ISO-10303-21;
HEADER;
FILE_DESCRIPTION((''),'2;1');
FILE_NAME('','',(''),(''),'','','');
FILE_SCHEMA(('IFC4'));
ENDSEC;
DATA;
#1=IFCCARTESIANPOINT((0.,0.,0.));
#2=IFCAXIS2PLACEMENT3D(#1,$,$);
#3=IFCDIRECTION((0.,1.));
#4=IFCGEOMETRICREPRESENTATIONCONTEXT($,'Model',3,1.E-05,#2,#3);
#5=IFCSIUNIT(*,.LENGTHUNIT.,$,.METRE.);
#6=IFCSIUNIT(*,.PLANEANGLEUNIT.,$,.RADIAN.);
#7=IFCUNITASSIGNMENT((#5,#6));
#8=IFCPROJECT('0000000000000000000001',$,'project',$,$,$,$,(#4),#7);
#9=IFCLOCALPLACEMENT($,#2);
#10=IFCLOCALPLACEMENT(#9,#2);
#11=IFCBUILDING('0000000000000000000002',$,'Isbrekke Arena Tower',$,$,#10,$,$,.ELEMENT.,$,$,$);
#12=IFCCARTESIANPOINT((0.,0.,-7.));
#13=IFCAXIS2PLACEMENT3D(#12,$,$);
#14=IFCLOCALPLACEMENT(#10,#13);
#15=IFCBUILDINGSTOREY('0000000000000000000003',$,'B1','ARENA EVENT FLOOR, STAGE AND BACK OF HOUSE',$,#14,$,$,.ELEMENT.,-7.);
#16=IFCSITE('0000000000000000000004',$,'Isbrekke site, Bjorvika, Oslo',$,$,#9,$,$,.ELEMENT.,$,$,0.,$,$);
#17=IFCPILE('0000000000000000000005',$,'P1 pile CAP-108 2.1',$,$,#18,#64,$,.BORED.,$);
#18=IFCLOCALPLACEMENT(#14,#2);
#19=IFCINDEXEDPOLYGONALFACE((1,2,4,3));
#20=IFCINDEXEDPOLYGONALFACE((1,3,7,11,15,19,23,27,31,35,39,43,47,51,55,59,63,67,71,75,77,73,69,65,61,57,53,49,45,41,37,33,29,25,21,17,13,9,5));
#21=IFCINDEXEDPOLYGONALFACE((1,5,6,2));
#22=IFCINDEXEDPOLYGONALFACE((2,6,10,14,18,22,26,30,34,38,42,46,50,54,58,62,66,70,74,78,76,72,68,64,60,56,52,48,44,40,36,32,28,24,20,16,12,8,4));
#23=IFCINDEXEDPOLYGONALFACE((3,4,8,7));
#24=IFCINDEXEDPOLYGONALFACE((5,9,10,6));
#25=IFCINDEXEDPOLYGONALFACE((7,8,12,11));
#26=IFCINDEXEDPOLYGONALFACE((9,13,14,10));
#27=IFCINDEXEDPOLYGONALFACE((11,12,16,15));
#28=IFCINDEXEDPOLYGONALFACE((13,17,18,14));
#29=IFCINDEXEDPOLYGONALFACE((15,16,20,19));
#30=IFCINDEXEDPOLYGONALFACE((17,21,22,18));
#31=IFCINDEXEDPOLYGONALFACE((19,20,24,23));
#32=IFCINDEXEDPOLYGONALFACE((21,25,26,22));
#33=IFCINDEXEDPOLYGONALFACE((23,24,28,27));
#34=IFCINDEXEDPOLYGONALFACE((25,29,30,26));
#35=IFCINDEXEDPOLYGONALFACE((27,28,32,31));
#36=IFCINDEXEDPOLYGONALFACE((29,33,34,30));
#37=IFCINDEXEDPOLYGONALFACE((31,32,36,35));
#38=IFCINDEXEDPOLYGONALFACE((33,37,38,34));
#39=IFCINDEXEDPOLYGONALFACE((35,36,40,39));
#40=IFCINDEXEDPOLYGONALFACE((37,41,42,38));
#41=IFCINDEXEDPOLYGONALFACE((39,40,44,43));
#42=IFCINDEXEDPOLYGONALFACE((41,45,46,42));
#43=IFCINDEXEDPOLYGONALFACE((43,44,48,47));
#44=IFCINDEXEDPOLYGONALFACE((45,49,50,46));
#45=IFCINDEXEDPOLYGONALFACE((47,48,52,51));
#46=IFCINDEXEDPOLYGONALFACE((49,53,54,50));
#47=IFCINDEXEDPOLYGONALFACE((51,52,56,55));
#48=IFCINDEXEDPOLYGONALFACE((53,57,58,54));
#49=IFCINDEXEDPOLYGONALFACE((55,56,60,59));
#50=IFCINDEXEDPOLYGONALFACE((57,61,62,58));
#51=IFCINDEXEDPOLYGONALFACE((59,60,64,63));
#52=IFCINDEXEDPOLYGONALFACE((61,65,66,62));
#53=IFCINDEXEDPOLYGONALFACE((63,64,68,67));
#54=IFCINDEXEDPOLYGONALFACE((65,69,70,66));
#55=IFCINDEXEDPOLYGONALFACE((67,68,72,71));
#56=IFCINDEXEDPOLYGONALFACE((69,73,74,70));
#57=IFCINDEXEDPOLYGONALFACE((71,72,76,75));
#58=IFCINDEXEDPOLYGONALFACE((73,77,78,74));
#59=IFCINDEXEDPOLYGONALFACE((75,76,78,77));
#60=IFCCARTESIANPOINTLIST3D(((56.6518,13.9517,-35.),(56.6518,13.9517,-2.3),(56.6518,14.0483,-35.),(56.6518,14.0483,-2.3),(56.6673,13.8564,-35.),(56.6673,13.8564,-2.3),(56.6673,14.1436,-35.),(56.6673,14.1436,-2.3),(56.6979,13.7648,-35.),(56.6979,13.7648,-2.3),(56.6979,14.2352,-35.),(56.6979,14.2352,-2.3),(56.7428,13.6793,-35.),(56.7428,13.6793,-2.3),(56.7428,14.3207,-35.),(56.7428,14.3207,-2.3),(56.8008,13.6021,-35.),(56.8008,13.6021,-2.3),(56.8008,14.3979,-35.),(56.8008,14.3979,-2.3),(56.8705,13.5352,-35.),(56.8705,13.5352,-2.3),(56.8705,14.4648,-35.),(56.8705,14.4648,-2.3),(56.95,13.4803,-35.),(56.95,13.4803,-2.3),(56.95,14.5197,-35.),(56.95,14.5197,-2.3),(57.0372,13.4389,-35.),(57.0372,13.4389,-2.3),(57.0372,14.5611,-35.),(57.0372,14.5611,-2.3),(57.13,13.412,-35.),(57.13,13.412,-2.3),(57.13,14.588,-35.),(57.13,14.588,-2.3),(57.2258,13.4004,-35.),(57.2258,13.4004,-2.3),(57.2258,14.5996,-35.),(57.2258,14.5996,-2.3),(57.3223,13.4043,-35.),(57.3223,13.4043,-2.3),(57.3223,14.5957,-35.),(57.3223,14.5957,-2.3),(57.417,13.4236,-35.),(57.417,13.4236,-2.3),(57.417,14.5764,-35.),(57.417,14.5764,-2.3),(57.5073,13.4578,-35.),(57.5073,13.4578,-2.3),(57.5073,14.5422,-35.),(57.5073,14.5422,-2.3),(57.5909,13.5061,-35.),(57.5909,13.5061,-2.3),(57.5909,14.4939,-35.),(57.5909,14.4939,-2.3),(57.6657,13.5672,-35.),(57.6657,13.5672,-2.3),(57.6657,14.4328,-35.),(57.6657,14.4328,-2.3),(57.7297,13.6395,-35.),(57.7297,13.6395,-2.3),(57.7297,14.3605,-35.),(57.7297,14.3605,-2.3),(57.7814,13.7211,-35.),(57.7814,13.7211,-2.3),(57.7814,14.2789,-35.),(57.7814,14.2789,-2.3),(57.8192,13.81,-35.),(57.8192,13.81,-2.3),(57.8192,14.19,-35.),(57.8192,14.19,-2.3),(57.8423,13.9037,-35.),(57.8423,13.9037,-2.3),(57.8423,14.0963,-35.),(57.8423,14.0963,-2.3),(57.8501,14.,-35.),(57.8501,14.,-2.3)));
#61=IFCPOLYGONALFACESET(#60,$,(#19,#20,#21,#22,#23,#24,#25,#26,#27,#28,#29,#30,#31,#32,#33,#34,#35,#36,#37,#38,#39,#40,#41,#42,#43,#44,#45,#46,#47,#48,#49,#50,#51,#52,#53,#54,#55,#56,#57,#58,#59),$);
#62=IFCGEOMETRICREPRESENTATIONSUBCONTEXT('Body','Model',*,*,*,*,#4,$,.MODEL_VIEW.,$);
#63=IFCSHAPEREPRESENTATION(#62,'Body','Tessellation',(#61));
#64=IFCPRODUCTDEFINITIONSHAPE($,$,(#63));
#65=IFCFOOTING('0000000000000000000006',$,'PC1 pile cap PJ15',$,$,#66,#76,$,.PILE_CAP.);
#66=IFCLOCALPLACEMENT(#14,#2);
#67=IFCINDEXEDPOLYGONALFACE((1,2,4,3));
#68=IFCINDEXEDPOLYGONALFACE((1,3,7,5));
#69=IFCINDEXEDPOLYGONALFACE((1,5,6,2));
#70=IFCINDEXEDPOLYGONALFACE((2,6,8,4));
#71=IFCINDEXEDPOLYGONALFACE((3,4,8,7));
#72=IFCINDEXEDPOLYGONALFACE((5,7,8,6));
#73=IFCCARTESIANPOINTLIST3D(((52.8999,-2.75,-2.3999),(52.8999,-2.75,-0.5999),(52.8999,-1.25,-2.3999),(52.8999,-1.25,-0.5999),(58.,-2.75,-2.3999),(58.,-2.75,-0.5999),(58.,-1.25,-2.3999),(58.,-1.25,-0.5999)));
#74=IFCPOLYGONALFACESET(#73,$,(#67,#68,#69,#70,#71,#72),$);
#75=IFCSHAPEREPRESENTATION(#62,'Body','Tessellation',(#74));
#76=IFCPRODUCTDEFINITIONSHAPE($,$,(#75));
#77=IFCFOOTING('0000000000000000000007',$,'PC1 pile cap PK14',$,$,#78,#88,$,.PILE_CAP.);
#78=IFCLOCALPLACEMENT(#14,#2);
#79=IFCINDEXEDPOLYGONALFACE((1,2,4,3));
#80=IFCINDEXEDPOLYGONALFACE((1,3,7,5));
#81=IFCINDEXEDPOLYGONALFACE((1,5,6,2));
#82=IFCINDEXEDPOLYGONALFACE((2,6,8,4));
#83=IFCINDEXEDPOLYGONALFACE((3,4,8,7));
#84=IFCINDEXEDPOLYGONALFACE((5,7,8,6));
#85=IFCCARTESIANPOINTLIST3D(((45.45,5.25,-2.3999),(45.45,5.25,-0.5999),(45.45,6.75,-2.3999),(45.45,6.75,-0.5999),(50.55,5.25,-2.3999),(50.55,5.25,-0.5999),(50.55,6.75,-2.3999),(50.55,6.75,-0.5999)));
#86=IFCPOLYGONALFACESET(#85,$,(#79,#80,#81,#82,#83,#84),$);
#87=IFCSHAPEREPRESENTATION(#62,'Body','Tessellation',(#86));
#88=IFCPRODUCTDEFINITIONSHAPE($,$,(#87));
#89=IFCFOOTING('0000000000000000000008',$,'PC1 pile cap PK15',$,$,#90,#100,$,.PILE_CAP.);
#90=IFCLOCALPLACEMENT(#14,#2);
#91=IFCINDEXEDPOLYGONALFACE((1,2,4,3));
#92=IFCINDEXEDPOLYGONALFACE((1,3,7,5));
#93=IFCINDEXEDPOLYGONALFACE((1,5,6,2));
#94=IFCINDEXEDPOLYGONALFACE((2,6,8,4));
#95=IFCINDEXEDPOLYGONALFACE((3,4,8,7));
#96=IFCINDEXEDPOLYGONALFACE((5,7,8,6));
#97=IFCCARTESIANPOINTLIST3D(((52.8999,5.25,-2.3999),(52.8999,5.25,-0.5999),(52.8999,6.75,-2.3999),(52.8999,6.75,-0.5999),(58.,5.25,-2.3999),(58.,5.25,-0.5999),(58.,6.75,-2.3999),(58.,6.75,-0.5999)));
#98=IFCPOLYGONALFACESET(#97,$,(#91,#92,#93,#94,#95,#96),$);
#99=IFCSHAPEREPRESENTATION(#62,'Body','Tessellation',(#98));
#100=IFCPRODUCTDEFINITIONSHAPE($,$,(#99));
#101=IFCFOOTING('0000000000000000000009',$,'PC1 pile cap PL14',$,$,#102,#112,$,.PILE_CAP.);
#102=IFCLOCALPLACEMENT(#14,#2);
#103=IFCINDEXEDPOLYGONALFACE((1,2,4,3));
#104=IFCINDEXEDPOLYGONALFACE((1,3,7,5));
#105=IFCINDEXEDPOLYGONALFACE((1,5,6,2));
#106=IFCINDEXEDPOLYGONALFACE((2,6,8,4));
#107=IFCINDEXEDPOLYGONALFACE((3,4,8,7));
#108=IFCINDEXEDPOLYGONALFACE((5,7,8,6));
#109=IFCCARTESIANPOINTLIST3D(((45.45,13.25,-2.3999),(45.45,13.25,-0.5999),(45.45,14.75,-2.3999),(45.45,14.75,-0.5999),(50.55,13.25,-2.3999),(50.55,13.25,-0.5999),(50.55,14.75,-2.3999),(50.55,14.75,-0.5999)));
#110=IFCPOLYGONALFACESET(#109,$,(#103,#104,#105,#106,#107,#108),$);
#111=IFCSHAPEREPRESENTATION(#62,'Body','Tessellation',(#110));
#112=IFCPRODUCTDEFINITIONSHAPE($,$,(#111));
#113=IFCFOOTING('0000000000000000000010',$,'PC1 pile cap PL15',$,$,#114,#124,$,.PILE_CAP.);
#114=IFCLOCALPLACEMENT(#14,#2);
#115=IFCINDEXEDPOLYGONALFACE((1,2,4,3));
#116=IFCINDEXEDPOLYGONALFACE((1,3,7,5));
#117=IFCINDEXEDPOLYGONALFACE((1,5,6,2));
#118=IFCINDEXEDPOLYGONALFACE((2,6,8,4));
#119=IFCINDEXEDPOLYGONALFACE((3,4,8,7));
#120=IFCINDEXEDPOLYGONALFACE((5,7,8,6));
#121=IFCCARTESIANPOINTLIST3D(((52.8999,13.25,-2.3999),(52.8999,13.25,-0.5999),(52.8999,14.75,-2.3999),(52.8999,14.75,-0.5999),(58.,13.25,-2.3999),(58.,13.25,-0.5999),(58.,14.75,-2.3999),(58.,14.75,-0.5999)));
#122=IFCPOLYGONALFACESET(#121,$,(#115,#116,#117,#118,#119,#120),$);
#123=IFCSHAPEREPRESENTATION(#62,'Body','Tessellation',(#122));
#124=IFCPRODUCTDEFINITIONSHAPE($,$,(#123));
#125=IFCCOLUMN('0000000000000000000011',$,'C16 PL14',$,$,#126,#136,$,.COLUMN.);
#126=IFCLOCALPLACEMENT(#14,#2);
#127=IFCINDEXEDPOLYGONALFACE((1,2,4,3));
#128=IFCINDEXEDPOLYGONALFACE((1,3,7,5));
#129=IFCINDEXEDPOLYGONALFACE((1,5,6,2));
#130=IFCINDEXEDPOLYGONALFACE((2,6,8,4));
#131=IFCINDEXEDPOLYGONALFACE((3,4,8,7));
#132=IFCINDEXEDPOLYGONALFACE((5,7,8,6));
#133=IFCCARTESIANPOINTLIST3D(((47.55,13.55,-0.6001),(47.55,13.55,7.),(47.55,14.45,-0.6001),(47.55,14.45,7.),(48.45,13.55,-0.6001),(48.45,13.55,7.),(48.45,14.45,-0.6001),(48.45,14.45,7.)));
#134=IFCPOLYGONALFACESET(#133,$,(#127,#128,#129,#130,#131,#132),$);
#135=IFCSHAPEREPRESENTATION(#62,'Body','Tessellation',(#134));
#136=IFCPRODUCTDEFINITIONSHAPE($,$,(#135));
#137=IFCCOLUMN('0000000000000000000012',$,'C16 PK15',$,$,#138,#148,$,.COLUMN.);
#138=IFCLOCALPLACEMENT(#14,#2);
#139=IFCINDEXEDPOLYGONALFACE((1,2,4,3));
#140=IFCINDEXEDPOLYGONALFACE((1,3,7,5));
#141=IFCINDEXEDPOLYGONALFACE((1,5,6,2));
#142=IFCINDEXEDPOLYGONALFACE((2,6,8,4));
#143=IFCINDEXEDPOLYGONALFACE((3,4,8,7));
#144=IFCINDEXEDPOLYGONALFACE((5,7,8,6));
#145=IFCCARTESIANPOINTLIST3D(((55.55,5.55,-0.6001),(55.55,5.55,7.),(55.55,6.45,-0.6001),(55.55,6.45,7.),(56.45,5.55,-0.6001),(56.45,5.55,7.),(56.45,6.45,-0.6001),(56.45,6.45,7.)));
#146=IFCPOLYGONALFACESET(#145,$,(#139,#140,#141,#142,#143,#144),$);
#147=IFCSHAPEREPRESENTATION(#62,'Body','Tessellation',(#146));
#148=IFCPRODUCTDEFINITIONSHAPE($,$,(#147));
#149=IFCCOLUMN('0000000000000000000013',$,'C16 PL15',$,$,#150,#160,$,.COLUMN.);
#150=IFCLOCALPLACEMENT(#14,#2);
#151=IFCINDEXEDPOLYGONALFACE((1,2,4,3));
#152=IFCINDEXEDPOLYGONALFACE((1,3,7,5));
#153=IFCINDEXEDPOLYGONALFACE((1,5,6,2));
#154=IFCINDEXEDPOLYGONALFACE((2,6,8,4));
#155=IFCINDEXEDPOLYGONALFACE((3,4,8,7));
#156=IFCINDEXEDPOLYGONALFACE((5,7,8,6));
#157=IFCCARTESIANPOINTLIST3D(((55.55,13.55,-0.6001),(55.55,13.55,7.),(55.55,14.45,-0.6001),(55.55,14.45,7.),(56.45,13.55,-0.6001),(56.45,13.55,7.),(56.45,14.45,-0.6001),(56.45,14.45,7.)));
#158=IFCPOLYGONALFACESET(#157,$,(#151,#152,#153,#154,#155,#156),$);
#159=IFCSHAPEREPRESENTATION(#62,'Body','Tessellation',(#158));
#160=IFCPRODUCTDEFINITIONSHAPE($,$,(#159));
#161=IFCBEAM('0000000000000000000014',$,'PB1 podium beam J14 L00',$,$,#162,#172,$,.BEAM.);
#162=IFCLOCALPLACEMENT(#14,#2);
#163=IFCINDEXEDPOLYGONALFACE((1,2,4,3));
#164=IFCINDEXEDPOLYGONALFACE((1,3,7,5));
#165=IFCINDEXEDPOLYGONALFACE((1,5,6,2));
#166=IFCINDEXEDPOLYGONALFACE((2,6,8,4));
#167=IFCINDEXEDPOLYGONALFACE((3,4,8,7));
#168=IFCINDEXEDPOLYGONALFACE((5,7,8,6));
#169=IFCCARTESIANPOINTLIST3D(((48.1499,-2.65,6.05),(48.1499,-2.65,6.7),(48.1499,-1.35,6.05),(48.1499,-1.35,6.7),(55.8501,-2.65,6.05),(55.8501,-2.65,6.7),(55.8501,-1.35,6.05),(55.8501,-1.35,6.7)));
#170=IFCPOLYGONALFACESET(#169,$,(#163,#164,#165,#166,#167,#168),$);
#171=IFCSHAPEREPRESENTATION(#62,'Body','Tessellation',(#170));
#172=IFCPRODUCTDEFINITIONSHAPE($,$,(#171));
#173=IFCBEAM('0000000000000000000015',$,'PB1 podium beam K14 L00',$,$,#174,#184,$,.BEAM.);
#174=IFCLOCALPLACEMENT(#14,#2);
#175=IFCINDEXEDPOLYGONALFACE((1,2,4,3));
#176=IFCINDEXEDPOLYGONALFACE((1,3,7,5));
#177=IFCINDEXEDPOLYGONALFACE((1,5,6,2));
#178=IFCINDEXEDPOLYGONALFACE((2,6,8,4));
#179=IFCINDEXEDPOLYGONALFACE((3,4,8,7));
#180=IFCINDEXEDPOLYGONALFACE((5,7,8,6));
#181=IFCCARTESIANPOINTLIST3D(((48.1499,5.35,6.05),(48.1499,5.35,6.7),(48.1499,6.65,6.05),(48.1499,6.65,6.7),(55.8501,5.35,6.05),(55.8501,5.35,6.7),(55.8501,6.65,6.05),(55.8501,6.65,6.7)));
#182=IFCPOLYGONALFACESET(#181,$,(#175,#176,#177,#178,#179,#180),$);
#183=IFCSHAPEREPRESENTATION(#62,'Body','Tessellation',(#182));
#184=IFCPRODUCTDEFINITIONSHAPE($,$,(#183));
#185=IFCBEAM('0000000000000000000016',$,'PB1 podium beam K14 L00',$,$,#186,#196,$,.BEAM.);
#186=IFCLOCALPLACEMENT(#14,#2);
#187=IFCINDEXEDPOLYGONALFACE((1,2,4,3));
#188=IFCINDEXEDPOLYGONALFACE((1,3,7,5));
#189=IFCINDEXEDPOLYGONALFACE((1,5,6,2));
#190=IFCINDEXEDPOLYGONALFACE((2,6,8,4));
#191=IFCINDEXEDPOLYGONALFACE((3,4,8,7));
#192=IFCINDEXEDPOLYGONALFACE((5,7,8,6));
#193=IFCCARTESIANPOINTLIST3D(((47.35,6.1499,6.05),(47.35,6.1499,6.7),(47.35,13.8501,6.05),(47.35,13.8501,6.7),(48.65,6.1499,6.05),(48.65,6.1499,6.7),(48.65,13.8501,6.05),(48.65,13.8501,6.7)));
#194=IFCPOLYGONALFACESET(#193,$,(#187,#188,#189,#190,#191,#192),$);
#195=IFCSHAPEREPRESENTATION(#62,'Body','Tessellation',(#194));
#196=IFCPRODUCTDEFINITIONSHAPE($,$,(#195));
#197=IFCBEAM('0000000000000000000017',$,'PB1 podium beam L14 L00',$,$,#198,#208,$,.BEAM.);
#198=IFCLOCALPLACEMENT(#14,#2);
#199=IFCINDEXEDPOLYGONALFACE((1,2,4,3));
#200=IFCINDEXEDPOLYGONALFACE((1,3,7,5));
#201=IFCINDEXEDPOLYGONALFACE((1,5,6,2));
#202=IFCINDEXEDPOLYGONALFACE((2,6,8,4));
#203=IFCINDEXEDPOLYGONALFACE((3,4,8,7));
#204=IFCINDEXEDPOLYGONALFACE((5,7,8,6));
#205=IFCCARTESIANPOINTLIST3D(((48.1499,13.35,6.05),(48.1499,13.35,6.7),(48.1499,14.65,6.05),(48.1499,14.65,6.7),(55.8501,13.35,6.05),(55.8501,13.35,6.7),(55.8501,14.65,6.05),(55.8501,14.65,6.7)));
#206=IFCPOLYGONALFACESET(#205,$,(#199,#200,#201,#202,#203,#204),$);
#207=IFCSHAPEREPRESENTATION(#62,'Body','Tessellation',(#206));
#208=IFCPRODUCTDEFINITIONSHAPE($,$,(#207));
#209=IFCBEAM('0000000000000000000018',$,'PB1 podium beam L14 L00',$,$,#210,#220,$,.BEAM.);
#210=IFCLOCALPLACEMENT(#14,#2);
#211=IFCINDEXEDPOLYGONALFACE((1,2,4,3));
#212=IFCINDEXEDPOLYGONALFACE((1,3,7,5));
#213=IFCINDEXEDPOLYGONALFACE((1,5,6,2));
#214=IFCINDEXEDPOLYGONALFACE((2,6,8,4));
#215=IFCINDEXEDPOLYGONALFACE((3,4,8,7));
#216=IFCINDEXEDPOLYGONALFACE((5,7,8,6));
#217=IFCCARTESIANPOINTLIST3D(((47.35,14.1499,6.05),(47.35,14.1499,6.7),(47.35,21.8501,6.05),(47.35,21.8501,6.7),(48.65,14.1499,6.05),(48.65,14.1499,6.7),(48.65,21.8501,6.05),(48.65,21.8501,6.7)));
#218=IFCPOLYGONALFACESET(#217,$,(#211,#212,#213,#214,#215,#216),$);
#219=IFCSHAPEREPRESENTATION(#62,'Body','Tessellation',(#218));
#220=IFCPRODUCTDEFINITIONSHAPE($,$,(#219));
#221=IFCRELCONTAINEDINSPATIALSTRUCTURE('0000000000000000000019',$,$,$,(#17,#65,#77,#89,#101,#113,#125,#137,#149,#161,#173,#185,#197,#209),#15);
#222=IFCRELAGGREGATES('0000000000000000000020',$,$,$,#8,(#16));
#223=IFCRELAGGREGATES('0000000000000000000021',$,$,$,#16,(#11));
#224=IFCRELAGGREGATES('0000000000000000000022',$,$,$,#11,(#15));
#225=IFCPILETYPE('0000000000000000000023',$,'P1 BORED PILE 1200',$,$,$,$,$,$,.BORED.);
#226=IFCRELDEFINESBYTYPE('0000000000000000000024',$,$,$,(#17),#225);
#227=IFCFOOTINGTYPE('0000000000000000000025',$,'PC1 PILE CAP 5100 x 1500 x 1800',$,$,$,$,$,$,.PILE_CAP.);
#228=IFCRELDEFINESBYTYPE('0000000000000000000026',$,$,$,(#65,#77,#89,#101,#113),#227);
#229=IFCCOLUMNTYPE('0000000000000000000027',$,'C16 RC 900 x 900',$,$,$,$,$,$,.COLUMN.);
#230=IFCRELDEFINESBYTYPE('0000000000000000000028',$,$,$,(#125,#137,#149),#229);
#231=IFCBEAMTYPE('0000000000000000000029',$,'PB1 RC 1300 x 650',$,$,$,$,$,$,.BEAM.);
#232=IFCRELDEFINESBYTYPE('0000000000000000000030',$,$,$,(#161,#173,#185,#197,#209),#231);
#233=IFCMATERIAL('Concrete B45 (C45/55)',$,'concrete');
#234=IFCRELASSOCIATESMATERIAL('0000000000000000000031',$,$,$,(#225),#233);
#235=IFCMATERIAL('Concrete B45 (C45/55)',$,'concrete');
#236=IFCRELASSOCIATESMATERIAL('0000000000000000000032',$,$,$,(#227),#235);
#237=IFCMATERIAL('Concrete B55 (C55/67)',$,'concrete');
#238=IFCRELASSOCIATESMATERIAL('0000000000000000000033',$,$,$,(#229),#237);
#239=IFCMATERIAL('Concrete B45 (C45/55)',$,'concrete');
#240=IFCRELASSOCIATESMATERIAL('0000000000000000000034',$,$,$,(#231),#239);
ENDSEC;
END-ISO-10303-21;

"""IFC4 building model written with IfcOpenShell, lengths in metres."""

from ifc_helpers import new_model, si_unit, direction, frame, origin, origin_2d, place, context, subcontext, project, spatial, rectangle, circle, extrude, material, material_profile, profile_set, type_object, element, save


model = new_model("IFC4")

# Units and contexts
model_context = context("Model", 3, precision=1e-05, world=origin(), true_north=direction((0.0, 1.0)))
body_context = subcontext(model_context, "Body", "Model", "MODEL_VIEW")
ifc_project = project(units=[si_unit("LENGTHUNIT", "METRE"), si_unit("PLANEANGLEUNIT", "RADIAN")], contexts=[model_context])

# Site, building, storey
site_placement = place(None, origin())
site = spatial("IfcSite", under=ifc_project, at=site_placement, Name="Isbrekke site, Bjorvika, Oslo", CompositionType="ELEMENT", RefElevation=0.0)
building_placement = place(site_placement, origin())
building = spatial("IfcBuilding", under=site, at=building_placement, Name="Isbrekke Arena Tower", CompositionType="ELEMENT")
storey_placement = place(building_placement, frame((0.0, 0.0, -7.0)))
storey = spatial("IfcBuildingStorey", under=building, at=storey_placement, Name="B1", Description="ARENA EVENT FLOOR, STAGE AND BACK OF HOUSE", CompositionType="ELEMENT", Elevation=-7.0)

# Pile
ifc_material_1 = material(Name="Concrete B45 (C45/55)", Category="concrete")
ifc_material_profile_1 = material_profile(ifc_material_1, circle(Radius=0.6001, at=origin_2d()), Name="BORED PILE D1200")
ifc_profile_set_1 = profile_set([ifc_material_profile_1], Name="Concrete B45 (C45/55)")
pile_type = type_object("IfcPileType", Name="P1 BORED PILE 1200", PredefinedType="BORED", material=ifc_profile_set_1)
for number, where, z_axis, x_axis, name in (
    (1, (57.25, 14.0, -2.3), (0.0, 0.0, -1.0), (1.0, 0.0, 0.0), "P1 pile CAP-108 2.1"),
):
    element("IfcPile", number, at=place(storey_placement, frame(where, z_axis=z_axis, x_axis=x_axis)), inside=storey, type_object=pile_type, Name=name, PredefinedType="BORED", context=body_context, shape_type="SweptSolid", body=[
        extrude(circle(Radius=0.6001, at=origin_2d()), origin(), (0.0, 0.0, 1.0), 32.7),
    ])

# Footings
ifc_material_2 = material(Name="Concrete B45 (C45/55)", Category="concrete")
footing_type = type_object("IfcFootingType", Name="PC1 PILE CAP 5100 x 1500 x 1800", PredefinedType="PILE_CAP", material=ifc_material_2)
for number, where, z_axis, x_axis, name in (
    (2, (55.45, -2.0, -2.3999), (0.0, 0.0, 1.0), (1.0, 0.0, 0.0), "PC1 pile cap PJ15"),
    (3, (48.0, 6.0, -2.3999), (0.0, 0.0, 1.0), (1.0, 0.0, 0.0), "PC1 pile cap PK14"),
    (4, (55.45, 6.0, -2.3999), (0.0, 0.0, 1.0), (1.0, 0.0, 0.0), "PC1 pile cap PK15"),
    (5, (48.0, 14.0, -2.3999), (0.0, 0.0, 1.0), (1.0, 0.0, 0.0), "PC1 pile cap PL14"),
    (6, (55.45, 14.0, -2.3999), (0.0, 0.0, 1.0), (1.0, 0.0, 0.0), "PC1 pile cap PL15"),
):
    element("IfcFooting", number, at=place(storey_placement, frame(where, z_axis=z_axis, x_axis=x_axis)), inside=storey, type_object=footing_type, Name=name, PredefinedType="PILE_CAP", context=body_context, shape_type="SweptSolid", body=[
        extrude(rectangle(XDim=5.1001, YDim=1.5, at=origin_2d()), origin(), (0.0, 0.0, 1.0), 1.8),
    ])

# Columns
ifc_material_3 = material(Name="Concrete B55 (C55/67)", Category="concrete")
ifc_material_profile_2 = material_profile(ifc_material_3, rectangle(XDim=0.8999, YDim=0.8999, at=origin_2d()), Name="RC 900x900")
ifc_profile_set_2 = profile_set([ifc_material_profile_2], Name="Concrete B55 (C55/67)")
column_type = type_object("IfcColumnType", Name="C16 RC 900 x 900", PredefinedType="COLUMN", material=ifc_profile_set_2)
for number, where, z_axis, x_axis, name in (
    (7, (48.0, 14.0, -0.6001), (0.0, 0.0, 1.0), (1.0, 0.0, 0.0), "C16 PL14"),
    (8, (56.0, 6.0, -0.6001), (0.0, 0.0, 1.0), (1.0, 0.0, 0.0), "C16 PK15"),
    (9, (56.0, 14.0, -0.6001), (0.0, 0.0, 1.0), (1.0, 0.0, 0.0), "C16 PL15"),
):
    element("IfcColumn", number, at=place(storey_placement, frame(where, z_axis=z_axis, x_axis=x_axis)), inside=storey, type_object=column_type, Name=name, PredefinedType="COLUMN", context=body_context, shape_type="SweptSolid", body=[
        extrude(rectangle(XDim=0.8999, YDim=0.8999, at=origin_2d()), origin(), (0.0, 0.0, 1.0), 7.6001),
    ])

# Beams
ifc_material_4 = material(Name="Concrete B45 (C45/55)", Category="concrete")
ifc_material_profile_3 = material_profile(ifc_material_4, rectangle(XDim=1.3, YDim=0.6499, at=origin_2d()), Name="RC 1300x650")
ifc_profile_set_3 = profile_set([ifc_material_profile_3], Name="Concrete B45 (C45/55)")
beam_type = type_object("IfcBeamType", Name="PB1 RC 1300 x 650", PredefinedType="BEAM", material=ifc_profile_set_3)
for number, where, z_axis, x_axis, name in (
    (10, (48.1499, -2.0, 6.375), (1.0, 0.0, 0.0), (0.0, 1.0, 0.0), "PB1 podium beam J14 L00"),
    (11, (48.1499, 6.0, 6.375), (1.0, 0.0, 0.0), (0.0, 1.0, 0.0), "PB1 podium beam K14 L00"),
    (12, (48.0, 6.1499, 6.375), (0.0, 1.0, 0.0), (-1.0, 0.0, 0.0), "PB1 podium beam K14 L00"),
    (13, (48.1499, 14.0, 6.375), (1.0, 0.0, 0.0), (0.0, 1.0, 0.0), "PB1 podium beam L14 L00"),
    (14, (48.0, 14.1499, 6.375), (0.0, 1.0, 0.0), (-1.0, 0.0, 0.0), "PB1 podium beam L14 L00"),
):
    element("IfcBeam", number, at=place(storey_placement, frame(where, z_axis=z_axis, x_axis=x_axis)), inside=storey, type_object=beam_type, Name=name, PredefinedType="BEAM", context=body_context, shape_type="SweptSolid", body=[
        extrude(rectangle(XDim=1.3, YDim=0.6499, at=origin_2d()), origin(), (0.0, 0.0, 1.0), 7.7002),
    ])

save(model, "model.ifc")
